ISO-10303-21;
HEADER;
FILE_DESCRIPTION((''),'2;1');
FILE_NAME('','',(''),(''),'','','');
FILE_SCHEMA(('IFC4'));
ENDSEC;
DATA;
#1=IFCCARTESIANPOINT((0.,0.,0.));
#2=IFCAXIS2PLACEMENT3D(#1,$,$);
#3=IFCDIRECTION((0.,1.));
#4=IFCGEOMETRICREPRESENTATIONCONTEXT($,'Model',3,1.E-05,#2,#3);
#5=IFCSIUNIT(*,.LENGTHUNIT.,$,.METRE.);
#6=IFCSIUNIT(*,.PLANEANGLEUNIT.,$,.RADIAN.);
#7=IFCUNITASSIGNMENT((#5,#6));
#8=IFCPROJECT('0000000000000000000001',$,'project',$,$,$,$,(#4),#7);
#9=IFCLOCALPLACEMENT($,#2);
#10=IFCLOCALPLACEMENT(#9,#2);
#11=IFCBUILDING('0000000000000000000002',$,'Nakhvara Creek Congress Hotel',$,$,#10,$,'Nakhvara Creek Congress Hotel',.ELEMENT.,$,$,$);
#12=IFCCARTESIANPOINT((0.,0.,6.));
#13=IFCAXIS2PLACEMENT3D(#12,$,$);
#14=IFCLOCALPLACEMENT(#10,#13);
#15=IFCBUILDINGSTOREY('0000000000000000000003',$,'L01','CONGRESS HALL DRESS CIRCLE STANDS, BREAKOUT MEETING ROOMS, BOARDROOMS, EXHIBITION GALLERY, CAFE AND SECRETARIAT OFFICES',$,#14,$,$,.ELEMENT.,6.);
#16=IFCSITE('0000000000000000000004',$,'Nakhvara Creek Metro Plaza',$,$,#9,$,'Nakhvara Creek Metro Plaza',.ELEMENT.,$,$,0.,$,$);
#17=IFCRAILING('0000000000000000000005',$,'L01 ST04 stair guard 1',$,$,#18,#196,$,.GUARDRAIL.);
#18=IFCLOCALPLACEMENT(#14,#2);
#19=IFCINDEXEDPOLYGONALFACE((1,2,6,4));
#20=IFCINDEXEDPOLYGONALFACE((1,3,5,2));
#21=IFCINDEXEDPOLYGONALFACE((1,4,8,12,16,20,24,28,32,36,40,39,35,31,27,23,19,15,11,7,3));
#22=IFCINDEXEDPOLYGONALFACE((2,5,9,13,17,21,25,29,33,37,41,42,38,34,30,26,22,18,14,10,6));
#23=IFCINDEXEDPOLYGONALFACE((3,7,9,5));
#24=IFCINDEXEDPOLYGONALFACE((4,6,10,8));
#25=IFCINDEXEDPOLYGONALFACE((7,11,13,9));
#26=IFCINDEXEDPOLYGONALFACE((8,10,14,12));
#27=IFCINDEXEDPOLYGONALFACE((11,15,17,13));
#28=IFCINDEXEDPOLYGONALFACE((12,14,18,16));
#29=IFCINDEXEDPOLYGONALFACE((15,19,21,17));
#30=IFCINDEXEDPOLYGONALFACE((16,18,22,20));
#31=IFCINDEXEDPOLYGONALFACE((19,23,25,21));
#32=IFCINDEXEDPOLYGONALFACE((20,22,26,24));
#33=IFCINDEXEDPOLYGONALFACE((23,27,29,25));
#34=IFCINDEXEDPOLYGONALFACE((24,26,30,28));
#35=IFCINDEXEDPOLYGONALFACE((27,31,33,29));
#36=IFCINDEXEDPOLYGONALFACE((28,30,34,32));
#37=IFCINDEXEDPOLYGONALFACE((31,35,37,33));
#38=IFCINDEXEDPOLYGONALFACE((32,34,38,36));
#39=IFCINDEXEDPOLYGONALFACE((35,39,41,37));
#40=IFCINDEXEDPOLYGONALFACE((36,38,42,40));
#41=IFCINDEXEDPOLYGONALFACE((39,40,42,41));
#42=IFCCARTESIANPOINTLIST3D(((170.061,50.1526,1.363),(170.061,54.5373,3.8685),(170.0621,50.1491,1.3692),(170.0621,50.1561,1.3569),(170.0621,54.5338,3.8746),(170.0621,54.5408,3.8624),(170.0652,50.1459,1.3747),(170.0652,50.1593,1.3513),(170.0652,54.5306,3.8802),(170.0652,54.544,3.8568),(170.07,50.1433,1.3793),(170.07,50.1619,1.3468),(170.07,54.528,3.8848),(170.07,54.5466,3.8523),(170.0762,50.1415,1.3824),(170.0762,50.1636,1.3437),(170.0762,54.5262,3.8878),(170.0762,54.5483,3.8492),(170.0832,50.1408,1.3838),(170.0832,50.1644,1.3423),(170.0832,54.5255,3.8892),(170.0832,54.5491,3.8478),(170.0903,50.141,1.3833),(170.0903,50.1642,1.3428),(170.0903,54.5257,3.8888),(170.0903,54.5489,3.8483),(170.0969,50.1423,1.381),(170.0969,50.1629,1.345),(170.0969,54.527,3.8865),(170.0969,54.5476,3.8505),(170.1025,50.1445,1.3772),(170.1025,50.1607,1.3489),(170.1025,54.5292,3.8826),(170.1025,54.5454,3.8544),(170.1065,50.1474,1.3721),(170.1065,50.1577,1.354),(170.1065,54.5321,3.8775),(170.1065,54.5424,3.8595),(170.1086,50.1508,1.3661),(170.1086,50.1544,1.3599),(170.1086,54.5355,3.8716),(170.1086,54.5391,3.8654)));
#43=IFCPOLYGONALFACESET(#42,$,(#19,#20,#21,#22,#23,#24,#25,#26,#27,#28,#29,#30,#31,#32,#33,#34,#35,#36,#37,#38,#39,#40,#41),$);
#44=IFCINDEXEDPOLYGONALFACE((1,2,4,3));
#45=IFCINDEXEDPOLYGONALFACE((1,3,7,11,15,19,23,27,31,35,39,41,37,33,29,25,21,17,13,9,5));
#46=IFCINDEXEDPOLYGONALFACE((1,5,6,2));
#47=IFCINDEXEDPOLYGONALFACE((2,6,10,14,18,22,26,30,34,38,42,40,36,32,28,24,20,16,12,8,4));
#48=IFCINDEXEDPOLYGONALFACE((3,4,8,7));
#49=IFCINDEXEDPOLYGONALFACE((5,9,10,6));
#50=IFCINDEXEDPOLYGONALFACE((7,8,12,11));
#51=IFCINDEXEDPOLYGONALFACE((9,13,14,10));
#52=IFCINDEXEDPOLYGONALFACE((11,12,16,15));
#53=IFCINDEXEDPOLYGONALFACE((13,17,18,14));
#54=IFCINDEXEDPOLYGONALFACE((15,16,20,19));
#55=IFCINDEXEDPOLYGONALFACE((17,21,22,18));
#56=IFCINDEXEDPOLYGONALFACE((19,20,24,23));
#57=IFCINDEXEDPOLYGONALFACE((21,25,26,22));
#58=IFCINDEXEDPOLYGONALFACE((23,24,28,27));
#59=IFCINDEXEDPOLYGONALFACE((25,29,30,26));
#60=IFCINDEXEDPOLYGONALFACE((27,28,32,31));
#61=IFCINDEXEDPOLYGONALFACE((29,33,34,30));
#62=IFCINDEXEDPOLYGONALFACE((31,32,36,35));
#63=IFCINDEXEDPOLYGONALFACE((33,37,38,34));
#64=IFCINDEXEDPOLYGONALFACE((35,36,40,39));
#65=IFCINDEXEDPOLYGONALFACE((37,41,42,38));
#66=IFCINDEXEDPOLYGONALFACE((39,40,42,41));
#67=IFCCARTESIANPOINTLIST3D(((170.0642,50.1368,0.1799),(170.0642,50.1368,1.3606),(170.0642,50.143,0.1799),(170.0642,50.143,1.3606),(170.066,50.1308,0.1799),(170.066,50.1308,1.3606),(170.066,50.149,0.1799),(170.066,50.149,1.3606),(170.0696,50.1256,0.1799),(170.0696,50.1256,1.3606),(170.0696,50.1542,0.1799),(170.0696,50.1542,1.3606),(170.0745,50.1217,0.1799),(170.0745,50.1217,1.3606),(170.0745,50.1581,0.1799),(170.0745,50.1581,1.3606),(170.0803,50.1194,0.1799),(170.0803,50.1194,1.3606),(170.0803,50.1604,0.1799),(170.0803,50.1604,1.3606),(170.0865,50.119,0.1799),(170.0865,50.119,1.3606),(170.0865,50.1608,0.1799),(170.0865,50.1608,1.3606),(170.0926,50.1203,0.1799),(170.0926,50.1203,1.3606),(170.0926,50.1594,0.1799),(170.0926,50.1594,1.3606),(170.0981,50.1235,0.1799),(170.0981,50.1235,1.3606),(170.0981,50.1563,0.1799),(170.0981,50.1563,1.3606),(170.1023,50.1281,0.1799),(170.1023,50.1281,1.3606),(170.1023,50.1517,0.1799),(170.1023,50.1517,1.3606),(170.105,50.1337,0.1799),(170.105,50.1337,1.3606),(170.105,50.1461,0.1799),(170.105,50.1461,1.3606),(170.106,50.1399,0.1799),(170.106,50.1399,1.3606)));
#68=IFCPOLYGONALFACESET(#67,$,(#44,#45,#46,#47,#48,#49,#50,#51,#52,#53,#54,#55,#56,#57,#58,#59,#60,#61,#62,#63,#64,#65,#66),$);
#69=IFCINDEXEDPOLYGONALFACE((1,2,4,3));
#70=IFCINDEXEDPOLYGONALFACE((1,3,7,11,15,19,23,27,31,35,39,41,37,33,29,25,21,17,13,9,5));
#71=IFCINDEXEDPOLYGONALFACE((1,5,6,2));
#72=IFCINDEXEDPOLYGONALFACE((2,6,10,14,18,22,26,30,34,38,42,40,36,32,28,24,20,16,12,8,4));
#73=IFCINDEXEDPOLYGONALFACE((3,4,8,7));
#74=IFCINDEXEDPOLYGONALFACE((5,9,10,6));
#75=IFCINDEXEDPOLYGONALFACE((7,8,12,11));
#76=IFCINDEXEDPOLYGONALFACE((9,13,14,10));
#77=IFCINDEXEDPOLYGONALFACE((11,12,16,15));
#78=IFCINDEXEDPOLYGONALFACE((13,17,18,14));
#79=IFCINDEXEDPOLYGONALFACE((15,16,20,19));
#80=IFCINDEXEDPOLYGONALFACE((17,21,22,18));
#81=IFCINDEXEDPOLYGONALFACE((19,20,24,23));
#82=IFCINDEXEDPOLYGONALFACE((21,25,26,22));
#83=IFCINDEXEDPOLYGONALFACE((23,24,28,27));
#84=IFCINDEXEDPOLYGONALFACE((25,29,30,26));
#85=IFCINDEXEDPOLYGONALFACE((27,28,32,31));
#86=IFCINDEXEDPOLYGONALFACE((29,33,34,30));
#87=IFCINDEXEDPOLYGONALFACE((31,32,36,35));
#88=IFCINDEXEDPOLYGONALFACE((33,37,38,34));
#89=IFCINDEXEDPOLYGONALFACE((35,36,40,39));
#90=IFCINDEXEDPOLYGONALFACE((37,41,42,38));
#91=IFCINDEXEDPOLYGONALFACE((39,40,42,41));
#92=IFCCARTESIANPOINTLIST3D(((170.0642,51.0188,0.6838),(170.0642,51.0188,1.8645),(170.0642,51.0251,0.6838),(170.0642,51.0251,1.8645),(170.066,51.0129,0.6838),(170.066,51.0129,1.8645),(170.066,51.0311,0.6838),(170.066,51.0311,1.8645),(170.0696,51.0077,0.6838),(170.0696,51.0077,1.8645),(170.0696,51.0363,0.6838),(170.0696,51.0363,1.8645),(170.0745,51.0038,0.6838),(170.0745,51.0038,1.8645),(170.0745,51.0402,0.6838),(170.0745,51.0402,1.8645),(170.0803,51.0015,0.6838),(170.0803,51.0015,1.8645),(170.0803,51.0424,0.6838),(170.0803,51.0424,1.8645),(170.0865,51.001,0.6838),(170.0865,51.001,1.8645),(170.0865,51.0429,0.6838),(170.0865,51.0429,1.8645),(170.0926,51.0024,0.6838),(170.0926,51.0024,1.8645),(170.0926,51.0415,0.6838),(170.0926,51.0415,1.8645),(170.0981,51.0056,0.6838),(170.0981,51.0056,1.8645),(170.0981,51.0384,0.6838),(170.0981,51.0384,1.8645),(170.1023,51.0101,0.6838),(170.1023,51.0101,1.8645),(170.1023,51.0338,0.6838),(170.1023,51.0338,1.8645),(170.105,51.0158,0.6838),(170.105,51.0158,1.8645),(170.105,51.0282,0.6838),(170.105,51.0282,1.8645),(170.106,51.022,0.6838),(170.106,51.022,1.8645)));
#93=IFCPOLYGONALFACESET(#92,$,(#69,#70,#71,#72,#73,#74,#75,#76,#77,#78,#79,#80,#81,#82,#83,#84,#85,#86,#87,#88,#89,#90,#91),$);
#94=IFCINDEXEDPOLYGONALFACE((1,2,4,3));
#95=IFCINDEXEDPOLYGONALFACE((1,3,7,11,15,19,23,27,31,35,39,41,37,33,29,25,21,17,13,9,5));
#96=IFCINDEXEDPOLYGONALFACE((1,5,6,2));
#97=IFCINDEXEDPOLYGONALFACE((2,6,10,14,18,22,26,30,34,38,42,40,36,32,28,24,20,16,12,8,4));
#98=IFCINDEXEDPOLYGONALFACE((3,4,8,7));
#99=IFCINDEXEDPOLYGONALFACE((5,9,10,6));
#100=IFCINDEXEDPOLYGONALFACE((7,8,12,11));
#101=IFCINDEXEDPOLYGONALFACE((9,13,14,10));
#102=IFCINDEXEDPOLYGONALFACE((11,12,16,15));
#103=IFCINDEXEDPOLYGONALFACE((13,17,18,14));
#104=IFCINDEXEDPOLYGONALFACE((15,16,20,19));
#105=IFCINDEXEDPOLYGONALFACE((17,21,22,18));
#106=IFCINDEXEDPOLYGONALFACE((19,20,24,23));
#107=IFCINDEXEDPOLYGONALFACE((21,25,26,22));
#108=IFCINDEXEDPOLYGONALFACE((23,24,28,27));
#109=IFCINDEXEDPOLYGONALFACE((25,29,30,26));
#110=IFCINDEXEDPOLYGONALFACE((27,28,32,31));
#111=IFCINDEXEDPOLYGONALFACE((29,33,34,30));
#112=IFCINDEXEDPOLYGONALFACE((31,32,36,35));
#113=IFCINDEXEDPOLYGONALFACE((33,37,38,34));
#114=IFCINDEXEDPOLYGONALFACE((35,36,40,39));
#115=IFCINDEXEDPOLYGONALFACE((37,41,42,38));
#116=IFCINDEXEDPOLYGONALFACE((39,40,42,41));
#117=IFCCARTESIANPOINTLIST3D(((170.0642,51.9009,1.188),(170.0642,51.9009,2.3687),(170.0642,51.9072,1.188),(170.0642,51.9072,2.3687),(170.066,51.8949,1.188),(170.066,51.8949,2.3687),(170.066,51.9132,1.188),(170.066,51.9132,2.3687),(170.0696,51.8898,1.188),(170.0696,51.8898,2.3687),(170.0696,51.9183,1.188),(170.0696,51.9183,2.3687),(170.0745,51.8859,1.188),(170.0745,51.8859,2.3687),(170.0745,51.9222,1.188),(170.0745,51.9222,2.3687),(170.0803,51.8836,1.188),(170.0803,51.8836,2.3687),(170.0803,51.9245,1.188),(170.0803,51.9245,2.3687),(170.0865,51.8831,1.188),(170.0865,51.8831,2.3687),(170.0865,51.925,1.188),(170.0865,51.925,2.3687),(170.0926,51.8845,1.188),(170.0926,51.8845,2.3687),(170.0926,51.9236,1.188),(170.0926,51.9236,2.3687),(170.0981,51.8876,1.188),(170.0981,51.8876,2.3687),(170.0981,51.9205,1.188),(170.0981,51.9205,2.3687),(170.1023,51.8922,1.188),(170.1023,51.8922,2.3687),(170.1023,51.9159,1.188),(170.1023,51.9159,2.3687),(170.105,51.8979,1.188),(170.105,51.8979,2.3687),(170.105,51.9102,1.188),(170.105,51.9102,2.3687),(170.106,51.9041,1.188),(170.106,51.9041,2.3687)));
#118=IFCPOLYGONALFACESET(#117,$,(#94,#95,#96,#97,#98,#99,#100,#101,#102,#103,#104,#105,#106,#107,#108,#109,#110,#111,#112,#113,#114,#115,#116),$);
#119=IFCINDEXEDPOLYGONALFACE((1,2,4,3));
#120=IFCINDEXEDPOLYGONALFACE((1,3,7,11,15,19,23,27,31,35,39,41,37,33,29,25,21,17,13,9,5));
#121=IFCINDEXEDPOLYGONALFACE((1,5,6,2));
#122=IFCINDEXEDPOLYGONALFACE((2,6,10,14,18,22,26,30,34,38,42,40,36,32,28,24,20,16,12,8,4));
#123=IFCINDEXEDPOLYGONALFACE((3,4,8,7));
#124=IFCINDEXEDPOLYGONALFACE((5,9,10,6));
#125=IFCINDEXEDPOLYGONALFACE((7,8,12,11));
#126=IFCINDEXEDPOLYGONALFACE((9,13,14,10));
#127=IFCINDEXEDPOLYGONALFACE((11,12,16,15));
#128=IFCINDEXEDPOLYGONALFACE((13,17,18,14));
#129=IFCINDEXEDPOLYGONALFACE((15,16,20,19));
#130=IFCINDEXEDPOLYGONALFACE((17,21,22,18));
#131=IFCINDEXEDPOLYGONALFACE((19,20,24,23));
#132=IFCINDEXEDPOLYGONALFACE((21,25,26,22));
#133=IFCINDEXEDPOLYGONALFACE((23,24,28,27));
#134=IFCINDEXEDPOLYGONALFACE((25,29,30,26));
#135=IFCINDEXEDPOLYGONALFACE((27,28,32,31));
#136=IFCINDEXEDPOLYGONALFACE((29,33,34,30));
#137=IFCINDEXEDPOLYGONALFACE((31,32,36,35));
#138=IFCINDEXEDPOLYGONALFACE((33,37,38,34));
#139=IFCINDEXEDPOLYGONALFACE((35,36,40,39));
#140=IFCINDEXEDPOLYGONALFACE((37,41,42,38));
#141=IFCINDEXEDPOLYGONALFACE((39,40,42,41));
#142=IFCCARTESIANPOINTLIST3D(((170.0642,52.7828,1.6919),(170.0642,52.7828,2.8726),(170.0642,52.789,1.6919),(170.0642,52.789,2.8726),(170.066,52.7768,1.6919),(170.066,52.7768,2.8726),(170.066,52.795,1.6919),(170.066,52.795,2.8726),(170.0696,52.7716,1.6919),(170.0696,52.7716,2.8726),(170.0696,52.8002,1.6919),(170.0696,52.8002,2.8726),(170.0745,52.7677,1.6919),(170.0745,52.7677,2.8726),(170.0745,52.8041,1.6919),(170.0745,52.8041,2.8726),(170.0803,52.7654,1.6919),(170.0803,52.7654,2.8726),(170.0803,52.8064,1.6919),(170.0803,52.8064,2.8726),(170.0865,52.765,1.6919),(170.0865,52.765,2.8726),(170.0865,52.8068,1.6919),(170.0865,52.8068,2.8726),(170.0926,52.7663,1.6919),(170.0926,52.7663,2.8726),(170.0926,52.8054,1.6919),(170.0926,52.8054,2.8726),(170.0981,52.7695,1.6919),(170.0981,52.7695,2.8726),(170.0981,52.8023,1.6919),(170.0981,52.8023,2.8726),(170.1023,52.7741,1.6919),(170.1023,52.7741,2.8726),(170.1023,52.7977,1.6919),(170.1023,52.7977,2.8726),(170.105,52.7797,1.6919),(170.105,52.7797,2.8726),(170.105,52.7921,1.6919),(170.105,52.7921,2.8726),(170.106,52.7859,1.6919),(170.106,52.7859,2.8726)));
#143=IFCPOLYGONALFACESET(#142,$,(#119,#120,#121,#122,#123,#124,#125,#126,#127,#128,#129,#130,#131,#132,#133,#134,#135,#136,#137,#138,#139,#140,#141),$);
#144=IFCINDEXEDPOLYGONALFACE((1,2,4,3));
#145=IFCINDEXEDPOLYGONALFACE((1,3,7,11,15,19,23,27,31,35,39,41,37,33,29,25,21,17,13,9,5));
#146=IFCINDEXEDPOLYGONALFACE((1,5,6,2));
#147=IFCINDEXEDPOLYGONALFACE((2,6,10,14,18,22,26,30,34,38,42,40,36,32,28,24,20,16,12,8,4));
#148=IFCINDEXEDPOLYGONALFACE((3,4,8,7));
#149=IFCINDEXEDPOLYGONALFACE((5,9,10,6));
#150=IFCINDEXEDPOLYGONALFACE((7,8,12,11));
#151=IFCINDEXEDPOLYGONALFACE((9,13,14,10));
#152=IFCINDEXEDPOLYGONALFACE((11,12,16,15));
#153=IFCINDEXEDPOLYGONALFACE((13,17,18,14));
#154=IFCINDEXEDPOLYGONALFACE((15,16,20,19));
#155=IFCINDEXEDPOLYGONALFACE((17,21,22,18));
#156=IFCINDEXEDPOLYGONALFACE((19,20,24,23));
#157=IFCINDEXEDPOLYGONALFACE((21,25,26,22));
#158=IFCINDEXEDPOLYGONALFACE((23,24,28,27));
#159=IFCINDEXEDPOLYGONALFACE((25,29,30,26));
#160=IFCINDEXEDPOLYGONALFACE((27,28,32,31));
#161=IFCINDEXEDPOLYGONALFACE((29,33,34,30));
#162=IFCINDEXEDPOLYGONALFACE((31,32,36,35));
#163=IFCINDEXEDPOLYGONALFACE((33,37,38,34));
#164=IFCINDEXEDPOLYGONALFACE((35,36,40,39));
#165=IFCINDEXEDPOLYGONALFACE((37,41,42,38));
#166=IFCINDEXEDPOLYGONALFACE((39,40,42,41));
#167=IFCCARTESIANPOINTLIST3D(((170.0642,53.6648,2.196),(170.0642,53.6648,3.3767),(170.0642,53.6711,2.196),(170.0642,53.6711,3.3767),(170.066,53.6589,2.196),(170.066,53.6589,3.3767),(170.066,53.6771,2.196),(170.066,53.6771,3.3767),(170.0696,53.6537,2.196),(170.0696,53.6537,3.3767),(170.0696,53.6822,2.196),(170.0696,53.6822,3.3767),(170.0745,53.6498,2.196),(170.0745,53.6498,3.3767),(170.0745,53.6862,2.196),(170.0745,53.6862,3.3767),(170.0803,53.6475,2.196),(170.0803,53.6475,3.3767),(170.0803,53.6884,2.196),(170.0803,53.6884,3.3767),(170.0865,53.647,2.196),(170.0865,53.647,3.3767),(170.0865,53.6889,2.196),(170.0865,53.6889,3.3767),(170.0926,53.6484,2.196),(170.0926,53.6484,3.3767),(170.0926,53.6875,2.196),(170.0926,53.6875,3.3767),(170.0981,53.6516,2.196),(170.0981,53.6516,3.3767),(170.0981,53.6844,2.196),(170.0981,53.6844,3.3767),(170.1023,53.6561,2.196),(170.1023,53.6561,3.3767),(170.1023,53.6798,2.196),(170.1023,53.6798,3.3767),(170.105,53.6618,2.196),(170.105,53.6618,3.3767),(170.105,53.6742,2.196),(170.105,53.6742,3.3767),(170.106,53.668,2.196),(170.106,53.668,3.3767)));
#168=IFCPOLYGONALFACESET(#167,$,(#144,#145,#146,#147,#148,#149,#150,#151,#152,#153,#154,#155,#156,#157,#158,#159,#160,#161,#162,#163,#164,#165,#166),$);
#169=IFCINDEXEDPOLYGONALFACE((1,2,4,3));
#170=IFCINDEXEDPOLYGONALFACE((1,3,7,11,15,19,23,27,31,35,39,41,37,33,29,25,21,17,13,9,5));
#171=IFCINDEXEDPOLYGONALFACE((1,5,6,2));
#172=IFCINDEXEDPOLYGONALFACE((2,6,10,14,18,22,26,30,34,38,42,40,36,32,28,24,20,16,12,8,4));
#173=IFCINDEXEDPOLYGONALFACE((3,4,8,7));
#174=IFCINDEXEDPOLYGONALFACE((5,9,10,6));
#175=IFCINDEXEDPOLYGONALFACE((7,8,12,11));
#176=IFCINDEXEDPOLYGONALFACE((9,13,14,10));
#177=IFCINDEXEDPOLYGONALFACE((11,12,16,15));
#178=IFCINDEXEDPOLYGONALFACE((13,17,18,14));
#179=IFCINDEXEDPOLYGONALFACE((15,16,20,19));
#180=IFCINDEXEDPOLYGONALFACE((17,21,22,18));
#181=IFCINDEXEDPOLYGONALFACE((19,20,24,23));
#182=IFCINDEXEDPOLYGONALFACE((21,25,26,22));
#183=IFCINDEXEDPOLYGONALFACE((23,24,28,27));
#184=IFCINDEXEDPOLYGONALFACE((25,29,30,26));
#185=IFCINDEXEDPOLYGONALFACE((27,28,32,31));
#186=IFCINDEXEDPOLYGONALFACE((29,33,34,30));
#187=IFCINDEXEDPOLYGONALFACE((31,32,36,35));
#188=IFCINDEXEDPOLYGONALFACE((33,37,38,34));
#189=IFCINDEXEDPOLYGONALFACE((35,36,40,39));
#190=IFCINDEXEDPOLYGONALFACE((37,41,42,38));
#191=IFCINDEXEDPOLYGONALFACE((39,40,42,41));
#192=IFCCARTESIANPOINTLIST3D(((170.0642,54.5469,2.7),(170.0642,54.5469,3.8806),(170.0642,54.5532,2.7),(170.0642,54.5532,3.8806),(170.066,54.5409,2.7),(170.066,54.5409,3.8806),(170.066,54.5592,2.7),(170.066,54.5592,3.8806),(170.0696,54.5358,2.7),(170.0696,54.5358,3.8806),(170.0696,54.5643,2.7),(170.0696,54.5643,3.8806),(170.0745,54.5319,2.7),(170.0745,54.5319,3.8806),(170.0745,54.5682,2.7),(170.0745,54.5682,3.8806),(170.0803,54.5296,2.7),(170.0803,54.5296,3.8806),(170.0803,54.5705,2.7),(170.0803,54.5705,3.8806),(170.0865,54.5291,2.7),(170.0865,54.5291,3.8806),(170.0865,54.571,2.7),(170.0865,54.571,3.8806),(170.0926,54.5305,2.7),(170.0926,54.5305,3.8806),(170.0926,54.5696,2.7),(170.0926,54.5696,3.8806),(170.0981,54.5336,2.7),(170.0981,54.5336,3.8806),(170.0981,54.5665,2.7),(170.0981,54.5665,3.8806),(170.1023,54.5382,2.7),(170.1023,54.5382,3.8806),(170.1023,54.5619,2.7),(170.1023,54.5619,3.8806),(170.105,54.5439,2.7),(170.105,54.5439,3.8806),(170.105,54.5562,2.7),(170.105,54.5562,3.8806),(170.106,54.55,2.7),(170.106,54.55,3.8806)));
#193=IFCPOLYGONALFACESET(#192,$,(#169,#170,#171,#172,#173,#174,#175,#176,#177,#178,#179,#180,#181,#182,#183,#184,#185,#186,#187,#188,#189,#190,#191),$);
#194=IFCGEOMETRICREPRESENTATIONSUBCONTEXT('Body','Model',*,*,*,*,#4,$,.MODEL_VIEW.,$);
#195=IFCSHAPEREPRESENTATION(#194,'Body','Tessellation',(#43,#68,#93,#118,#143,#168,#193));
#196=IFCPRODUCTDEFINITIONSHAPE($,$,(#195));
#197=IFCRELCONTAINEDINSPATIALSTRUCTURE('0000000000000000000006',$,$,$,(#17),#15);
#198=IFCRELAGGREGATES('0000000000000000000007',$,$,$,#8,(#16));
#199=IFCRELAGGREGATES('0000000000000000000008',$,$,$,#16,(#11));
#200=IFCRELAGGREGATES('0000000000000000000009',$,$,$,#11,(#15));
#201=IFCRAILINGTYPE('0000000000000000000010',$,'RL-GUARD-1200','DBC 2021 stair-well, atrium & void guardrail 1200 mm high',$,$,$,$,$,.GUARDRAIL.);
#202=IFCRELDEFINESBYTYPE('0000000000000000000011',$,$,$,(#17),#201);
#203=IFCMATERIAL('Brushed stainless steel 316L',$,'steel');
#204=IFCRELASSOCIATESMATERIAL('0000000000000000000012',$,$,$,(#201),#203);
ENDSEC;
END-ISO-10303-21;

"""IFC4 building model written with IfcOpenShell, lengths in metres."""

from ifc_helpers import new_model, si_unit, direction, frame, origin, origin_2d, place, context, subcontext, project, spatial, circle, extrude, material, type_object, element, save


model = new_model("IFC4")

# Units and contexts
model_context = context("Model", 3, precision=1e-05, world=origin(), true_north=direction((0.0, 1.0)))
body_context = subcontext(model_context, "Body", "Model", "MODEL_VIEW")
ifc_project = project(units=[si_unit("LENGTHUNIT", "METRE"), si_unit("PLANEANGLEUNIT", "RADIAN")], contexts=[model_context])

# Site, building, storey
site_placement = place(None, origin())
site = spatial("IfcSite", under=ifc_project, at=site_placement, Name="Nakhvara Creek Metro Plaza", LongName="Nakhvara Creek Metro Plaza", CompositionType="ELEMENT", RefElevation=0.0)
building_placement = place(site_placement, origin())
building = spatial("IfcBuilding", under=site, at=building_placement, Name="Nakhvara Creek Congress Hotel", LongName="Nakhvara Creek Congress Hotel", CompositionType="ELEMENT")
storey_placement = place(building_placement, frame((0.0, 0.0, 6.0)))
storey = spatial("IfcBuildingStorey", under=building, at=storey_placement, Name="L01", Description="CONGRESS HALL DRESS CIRCLE STANDS, BREAKOUT MEETING ROOMS, BOARDROOMS, EXHIBITION GALLERY, CAFE AND SECRETARIAT OFFICES", CompositionType="ELEMENT", Elevation=6.0)

# Railing
ifc_material_1 = material(Name="Brushed stainless steel 316L", Category="steel")
railing_type_1 = type_object("IfcRailingType", Name="RL-GUARD-1200", Description="DBC 2021 stair-well, atrium & void guardrail 1200 mm high", PredefinedType="GUARDRAIL", material=ifc_material_1)
railing_1_placement = place(storey_placement, frame((170.085, 50.1399, 0.1799)))
element("IfcRailing", 1, at=railing_1_placement, inside=storey, type_object=railing_type_1, Name="L01 ST04 stair guard 1", PredefinedType="GUARDRAIL", context=body_context, shape_type="SweptSolid", body=[
    extrude(circle(Radius=0.0239, at=origin_2d()), frame((0.0, 0.0127, 1.1831), z_axis=(0.0, 0.868249, 0.496129), x_axis=(-1.0, 0.0, 0.0)), (0.0, 0.0, 1.0), 5.05),
    extrude(circle(Radius=0.021, at=origin_2d()), origin(), (0.0, 0.0, 1.0), 1.1807),
    extrude(circle(Radius=0.021, at=origin_2d()), frame((0.0, 0.8821, 0.5039)), (0.0, 0.0, 1.0), 1.1807),
    extrude(circle(Radius=0.021, at=origin_2d()), frame((0.0, 1.7642, 1.0081)), (0.0, 0.0, 1.0), 1.1807),
    extrude(circle(Radius=0.021, at=origin_2d()), frame((0.0, 2.646, 1.512)), (0.0, 0.0, 1.0), 1.1807),
    extrude(circle(Radius=0.021, at=origin_2d()), frame((0.0, 3.5281, 2.0161)), (0.0, 0.0, 1.0), 1.1807),
    extrude(circle(Radius=0.021, at=origin_2d()), frame((0.0, 4.4102, 2.52)), (0.0, 0.0, 1.0), 1.1807),
])

save(model, "model.ifc")
